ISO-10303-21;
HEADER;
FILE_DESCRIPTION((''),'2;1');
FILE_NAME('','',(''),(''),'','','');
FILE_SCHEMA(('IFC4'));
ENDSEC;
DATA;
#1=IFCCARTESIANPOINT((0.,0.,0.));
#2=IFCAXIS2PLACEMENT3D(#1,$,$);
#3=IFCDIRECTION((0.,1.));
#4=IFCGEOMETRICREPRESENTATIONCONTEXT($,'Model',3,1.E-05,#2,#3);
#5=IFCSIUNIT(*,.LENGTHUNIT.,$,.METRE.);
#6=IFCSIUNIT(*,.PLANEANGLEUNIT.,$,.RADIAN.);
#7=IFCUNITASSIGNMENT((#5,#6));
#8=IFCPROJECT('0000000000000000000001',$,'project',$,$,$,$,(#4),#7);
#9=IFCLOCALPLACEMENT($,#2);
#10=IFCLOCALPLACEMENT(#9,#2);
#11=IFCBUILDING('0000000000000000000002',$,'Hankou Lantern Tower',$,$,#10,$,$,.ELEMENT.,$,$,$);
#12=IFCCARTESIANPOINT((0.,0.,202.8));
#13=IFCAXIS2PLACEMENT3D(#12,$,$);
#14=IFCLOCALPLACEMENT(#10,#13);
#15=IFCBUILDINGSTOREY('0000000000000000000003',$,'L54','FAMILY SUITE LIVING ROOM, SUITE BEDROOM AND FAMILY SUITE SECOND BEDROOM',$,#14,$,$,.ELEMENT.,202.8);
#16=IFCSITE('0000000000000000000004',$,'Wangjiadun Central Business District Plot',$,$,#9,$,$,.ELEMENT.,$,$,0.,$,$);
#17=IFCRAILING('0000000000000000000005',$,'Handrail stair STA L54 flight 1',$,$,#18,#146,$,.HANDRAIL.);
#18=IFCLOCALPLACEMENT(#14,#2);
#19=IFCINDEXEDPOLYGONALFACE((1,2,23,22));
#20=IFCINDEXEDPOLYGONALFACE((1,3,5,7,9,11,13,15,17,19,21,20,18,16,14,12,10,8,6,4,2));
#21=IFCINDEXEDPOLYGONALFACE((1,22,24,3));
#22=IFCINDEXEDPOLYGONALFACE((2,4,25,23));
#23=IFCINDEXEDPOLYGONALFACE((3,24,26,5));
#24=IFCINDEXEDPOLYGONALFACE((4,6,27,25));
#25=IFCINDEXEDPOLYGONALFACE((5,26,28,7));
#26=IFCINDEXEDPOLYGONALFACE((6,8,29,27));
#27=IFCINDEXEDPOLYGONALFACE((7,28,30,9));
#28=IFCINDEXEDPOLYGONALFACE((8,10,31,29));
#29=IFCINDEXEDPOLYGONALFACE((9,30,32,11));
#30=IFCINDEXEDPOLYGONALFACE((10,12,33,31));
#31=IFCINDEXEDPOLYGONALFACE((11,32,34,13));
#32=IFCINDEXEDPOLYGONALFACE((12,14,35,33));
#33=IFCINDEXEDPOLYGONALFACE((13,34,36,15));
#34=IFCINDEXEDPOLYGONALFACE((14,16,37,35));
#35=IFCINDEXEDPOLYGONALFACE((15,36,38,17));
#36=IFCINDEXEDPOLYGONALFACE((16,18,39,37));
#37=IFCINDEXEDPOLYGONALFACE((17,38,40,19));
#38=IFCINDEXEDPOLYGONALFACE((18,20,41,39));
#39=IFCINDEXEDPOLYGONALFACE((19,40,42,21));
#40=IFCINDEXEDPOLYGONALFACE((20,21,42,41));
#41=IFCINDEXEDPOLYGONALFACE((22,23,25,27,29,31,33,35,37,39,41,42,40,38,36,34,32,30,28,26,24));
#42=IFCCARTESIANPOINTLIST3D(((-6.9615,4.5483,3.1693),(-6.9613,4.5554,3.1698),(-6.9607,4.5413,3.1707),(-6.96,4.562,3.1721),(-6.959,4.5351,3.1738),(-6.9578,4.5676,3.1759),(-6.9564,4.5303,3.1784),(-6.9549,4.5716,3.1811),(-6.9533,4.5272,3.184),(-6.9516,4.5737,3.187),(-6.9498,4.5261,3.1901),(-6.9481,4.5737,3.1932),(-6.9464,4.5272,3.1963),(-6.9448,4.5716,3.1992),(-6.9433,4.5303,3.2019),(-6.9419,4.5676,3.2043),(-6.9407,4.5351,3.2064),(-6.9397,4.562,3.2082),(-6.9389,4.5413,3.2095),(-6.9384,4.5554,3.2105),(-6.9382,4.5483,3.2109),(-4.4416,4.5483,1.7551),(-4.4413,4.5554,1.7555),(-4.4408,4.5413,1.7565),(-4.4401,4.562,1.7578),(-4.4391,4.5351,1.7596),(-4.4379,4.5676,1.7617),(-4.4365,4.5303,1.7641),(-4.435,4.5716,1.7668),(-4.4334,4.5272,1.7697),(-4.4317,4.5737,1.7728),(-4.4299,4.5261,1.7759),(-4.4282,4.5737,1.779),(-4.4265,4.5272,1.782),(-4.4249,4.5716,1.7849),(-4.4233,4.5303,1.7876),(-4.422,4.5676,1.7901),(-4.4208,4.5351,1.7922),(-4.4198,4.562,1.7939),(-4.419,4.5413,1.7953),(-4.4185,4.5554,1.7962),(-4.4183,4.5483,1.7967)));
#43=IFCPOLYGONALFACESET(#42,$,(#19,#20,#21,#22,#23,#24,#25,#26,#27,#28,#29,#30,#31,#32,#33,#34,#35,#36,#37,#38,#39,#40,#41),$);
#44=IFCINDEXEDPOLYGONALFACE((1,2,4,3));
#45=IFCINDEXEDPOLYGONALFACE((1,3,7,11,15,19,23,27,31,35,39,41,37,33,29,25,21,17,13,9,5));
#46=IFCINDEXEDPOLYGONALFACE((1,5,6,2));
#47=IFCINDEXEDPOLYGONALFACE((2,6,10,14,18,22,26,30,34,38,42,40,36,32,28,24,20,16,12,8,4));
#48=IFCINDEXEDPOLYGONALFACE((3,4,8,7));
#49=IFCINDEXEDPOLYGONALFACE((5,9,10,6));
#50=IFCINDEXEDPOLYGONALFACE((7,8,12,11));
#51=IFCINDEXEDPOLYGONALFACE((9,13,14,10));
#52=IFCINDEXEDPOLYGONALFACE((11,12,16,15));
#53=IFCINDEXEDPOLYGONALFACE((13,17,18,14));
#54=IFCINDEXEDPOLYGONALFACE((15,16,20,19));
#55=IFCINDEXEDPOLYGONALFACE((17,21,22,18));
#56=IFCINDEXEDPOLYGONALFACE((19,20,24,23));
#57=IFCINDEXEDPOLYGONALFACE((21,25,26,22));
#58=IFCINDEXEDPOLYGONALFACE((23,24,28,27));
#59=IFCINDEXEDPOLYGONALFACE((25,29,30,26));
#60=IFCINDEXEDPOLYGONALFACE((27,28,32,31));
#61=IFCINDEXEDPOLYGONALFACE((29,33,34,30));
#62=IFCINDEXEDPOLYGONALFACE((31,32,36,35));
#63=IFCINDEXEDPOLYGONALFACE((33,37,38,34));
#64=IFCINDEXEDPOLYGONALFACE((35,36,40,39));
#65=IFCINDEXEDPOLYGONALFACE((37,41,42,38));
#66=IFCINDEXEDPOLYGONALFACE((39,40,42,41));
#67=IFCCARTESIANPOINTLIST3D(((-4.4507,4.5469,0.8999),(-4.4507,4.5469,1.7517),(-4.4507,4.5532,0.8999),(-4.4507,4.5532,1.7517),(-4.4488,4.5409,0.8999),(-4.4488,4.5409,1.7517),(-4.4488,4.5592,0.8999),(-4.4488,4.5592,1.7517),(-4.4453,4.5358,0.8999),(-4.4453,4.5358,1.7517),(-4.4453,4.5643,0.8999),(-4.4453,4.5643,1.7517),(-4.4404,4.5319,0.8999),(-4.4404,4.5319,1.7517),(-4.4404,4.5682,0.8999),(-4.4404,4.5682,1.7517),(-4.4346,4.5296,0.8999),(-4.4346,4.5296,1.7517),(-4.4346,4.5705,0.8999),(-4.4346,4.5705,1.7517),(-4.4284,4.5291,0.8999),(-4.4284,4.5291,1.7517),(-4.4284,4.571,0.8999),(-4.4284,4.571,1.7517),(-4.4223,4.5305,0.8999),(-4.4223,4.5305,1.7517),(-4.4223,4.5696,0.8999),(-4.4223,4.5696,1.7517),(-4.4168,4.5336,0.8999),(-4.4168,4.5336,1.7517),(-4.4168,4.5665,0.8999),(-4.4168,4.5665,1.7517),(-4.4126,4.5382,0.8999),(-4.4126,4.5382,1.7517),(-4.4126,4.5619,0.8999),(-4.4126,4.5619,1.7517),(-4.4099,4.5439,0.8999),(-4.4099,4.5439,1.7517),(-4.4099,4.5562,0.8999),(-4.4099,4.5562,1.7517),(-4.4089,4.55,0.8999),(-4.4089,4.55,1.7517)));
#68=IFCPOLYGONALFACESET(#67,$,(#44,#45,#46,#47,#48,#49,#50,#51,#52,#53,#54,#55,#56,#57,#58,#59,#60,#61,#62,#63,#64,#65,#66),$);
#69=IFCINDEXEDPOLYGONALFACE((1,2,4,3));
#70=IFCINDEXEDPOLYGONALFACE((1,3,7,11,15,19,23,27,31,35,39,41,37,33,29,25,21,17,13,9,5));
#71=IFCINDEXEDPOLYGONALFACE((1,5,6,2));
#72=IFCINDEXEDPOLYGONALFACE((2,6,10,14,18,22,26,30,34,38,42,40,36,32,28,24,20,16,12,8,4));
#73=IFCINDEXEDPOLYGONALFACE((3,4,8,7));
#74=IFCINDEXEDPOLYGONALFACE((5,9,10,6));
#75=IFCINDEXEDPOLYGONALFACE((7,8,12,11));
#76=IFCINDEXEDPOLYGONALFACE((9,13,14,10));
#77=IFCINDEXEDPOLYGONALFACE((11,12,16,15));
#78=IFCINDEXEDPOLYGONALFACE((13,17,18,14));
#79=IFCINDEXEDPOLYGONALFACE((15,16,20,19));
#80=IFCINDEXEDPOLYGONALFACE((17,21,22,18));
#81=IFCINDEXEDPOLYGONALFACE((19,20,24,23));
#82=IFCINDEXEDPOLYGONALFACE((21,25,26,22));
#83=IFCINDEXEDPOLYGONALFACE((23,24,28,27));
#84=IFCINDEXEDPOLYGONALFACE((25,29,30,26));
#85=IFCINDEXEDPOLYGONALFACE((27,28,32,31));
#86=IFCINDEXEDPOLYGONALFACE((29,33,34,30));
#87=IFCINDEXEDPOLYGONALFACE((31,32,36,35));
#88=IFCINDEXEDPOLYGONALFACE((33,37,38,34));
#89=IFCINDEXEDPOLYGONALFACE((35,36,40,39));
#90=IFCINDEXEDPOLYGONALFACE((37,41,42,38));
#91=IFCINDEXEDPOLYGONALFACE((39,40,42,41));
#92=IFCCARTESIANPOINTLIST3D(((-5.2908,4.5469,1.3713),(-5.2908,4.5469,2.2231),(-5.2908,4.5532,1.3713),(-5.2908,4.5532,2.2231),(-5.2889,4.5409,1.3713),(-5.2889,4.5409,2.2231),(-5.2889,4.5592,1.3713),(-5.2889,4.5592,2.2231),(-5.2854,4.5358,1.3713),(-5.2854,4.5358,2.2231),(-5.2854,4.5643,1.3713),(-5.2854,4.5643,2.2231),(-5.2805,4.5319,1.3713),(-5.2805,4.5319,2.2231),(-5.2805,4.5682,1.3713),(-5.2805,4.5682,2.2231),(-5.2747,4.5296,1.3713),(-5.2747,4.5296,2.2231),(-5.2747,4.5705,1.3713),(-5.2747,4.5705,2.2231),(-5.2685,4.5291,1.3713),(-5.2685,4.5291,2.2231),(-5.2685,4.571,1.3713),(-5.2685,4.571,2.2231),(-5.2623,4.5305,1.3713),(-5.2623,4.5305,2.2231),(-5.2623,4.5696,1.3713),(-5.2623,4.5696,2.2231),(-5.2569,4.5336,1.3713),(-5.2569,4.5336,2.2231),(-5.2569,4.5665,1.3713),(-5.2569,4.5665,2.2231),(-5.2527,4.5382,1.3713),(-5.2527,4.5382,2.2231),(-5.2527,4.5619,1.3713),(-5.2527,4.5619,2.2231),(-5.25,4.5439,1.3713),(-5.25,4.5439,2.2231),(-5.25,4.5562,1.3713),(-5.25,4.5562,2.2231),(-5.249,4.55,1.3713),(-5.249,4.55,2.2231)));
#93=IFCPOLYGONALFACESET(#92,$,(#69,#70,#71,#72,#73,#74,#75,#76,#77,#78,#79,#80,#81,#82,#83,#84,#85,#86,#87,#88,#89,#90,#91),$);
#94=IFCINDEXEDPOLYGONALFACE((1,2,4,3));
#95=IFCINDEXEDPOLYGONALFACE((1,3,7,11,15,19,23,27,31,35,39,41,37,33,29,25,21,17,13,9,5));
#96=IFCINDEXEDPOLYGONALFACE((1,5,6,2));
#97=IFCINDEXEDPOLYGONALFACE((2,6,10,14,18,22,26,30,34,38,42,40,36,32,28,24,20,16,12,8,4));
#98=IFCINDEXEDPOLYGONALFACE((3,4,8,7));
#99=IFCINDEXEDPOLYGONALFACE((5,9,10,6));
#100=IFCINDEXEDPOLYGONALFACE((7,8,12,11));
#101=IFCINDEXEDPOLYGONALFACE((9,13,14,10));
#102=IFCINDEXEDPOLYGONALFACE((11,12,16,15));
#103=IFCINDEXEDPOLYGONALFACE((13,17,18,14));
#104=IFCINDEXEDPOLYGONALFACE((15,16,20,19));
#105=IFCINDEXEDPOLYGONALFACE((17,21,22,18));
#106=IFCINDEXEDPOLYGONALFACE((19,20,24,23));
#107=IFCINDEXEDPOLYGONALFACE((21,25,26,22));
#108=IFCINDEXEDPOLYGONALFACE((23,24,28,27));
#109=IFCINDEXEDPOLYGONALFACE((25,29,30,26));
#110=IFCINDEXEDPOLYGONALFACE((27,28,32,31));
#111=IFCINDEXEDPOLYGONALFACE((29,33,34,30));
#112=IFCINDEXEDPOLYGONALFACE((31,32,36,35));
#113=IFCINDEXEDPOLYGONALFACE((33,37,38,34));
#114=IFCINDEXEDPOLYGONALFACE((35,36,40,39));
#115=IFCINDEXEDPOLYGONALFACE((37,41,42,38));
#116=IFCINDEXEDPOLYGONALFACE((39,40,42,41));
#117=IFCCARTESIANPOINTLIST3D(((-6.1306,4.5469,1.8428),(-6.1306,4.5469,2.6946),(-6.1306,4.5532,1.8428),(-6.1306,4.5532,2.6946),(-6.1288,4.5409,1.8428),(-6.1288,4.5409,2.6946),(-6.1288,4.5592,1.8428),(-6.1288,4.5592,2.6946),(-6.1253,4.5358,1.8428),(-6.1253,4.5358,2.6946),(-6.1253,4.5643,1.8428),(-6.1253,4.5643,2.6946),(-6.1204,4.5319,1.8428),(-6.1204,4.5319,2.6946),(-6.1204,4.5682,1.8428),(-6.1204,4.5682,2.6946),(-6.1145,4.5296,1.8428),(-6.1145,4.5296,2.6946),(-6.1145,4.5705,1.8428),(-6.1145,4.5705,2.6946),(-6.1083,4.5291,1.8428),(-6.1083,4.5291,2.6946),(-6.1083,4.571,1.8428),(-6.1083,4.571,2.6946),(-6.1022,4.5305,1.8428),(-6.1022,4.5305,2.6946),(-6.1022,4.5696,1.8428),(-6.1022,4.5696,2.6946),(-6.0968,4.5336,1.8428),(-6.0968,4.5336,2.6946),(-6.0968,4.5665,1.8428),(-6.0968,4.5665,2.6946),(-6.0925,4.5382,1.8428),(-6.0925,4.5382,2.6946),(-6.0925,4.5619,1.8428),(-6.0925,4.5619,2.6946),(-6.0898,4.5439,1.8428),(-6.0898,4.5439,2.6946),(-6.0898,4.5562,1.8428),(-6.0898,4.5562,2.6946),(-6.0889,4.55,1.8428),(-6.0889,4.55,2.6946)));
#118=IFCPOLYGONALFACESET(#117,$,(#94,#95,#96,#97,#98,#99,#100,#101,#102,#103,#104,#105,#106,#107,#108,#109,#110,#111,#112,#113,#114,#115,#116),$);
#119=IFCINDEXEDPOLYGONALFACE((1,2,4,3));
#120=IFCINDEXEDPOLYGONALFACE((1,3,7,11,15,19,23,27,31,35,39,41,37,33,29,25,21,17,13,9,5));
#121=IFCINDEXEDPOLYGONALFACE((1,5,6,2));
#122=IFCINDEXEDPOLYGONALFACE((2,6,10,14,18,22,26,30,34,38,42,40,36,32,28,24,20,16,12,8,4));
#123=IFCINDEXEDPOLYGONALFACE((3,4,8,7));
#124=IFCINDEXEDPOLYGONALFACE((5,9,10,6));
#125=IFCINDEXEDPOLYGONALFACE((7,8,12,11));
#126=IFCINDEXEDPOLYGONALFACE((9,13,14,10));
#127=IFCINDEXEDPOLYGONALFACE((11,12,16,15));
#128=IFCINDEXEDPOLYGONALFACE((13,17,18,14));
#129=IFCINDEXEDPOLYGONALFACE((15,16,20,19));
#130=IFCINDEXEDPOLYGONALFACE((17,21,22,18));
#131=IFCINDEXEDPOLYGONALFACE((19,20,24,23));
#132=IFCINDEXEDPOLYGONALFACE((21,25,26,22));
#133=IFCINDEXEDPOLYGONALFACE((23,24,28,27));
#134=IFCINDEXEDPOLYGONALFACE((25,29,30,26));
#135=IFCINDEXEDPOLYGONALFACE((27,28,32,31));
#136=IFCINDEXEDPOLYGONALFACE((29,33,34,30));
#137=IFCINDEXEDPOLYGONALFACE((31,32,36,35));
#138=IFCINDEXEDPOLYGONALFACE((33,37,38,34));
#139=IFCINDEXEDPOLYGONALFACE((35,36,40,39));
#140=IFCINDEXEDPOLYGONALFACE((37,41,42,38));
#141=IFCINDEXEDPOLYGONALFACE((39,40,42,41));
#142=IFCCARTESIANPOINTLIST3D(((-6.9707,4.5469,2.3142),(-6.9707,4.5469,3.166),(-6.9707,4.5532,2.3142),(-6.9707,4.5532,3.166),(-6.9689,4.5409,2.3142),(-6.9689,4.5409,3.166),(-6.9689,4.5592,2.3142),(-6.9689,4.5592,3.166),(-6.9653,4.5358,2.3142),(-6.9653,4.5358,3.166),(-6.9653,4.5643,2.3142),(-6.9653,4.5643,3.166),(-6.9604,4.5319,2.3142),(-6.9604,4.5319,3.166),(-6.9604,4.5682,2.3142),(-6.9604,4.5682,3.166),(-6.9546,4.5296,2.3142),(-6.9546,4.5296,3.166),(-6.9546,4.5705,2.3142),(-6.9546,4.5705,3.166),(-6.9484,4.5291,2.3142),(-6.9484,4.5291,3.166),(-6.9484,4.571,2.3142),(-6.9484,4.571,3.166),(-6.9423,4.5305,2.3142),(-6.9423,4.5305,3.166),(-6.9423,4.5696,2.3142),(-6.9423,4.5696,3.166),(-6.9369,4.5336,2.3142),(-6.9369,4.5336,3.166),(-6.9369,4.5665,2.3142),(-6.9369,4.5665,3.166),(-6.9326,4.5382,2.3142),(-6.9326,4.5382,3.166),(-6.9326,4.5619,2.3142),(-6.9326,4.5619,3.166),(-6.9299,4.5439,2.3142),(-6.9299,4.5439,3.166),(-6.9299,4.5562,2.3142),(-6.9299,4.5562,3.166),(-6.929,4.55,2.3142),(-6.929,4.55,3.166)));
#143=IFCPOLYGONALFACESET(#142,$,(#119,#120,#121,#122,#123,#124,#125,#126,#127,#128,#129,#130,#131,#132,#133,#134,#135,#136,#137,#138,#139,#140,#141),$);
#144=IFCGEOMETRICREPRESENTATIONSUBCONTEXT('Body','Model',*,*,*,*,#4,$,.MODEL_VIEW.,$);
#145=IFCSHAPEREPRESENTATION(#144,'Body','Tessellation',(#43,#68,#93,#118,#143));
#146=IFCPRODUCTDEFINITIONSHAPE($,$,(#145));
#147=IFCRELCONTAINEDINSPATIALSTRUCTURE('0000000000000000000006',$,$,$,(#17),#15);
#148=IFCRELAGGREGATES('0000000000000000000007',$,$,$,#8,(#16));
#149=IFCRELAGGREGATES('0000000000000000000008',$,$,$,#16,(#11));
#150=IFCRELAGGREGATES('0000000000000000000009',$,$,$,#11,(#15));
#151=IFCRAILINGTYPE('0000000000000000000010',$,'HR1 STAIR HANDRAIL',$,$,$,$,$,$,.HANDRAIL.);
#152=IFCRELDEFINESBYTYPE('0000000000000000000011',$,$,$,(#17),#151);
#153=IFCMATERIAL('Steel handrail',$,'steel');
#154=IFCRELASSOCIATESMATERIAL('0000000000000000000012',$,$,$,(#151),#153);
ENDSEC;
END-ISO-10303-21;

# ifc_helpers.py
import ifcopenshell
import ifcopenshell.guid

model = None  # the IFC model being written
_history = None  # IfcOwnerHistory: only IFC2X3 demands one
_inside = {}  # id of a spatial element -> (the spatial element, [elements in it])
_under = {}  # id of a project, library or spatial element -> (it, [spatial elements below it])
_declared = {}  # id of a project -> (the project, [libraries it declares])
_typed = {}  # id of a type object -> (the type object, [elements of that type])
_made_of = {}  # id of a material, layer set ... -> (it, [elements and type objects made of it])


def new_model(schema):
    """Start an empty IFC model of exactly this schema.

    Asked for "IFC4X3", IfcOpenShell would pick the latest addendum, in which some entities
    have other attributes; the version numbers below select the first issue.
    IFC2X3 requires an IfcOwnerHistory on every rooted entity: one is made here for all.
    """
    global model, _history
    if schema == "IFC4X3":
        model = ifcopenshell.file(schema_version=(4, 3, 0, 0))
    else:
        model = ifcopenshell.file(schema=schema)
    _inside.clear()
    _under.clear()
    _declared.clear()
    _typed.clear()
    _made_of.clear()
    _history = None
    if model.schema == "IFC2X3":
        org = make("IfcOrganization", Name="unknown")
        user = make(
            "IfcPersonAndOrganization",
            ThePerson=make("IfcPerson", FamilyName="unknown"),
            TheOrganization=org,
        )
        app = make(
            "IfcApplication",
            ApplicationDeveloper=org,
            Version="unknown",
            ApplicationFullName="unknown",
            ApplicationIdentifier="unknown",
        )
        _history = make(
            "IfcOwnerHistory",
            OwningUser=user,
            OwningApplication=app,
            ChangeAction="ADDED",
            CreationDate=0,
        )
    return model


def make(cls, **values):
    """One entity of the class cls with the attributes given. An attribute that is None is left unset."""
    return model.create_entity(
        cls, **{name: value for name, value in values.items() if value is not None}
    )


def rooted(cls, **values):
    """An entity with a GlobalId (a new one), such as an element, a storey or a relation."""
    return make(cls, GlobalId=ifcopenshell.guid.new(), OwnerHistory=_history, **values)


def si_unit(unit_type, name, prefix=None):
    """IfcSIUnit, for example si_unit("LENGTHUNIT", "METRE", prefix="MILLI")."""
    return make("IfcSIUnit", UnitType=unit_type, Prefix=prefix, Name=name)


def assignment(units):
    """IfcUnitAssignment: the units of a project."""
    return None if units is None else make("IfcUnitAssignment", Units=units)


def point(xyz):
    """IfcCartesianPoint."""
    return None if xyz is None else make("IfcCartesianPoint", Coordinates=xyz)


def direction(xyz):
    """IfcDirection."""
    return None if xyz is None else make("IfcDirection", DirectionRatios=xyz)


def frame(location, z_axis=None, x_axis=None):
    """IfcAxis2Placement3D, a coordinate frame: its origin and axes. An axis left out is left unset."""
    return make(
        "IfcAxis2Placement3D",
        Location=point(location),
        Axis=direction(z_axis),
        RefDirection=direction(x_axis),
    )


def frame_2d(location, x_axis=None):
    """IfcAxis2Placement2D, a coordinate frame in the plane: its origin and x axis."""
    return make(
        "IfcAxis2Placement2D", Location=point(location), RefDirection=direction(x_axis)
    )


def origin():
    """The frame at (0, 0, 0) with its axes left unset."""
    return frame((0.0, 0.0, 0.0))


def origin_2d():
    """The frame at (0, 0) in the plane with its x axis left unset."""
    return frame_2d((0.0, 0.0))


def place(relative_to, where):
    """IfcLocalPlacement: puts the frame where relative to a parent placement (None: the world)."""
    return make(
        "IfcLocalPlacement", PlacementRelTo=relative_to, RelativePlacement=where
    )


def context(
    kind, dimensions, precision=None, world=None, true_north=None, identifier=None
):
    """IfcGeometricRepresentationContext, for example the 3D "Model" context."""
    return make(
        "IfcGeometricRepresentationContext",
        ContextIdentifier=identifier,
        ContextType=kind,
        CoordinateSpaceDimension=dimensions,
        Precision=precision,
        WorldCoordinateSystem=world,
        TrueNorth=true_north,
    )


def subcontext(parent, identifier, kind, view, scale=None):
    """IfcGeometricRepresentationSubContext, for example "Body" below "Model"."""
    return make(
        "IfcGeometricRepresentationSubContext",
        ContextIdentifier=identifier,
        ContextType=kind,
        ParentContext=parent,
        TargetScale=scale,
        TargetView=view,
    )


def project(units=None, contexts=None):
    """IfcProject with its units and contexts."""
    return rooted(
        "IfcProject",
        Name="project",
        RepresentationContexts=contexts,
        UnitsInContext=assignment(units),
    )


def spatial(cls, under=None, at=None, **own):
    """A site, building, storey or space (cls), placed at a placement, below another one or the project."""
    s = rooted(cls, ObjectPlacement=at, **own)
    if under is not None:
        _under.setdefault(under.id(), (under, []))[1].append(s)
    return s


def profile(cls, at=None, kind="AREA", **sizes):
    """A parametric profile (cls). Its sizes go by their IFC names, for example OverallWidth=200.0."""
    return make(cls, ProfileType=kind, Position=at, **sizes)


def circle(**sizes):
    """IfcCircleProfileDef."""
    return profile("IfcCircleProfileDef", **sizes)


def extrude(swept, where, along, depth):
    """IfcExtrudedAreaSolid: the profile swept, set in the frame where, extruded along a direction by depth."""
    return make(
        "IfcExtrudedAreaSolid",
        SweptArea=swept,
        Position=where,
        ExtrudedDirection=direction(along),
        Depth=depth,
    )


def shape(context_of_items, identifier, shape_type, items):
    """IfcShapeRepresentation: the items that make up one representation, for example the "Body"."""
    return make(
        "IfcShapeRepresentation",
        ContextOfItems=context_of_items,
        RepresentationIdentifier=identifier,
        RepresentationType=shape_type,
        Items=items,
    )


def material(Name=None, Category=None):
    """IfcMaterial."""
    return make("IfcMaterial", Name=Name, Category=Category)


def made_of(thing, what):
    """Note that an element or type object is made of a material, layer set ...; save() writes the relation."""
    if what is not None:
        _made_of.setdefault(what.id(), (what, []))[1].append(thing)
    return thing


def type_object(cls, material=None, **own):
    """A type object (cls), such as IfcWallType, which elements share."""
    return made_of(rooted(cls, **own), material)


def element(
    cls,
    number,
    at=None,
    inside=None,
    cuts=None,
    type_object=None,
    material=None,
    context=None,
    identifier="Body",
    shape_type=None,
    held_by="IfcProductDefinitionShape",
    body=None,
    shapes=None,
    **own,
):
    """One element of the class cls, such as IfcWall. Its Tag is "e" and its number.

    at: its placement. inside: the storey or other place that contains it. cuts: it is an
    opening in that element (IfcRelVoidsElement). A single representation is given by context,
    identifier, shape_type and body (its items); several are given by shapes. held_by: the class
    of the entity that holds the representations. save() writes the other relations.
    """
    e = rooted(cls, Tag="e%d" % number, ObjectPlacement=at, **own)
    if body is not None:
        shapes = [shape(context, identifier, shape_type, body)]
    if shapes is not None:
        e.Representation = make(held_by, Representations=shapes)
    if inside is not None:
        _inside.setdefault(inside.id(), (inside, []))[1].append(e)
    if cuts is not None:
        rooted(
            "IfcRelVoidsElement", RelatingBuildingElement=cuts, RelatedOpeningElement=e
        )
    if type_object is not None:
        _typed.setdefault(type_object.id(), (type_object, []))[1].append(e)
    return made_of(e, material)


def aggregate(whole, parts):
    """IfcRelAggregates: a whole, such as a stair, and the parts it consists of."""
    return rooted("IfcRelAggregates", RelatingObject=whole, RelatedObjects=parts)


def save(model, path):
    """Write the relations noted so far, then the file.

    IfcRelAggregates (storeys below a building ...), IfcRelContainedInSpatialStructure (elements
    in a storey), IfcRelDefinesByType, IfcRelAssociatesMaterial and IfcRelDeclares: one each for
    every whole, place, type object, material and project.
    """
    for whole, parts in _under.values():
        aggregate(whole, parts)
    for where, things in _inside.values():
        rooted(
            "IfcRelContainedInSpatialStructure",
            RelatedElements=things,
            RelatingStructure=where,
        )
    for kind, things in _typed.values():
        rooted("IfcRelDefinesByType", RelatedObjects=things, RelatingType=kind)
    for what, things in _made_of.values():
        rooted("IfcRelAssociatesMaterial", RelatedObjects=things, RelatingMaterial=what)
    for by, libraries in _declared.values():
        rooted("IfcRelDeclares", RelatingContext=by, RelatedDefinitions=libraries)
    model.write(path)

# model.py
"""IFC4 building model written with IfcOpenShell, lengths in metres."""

from ifc_helpers import new_model, si_unit, direction, frame, origin, origin_2d, place, context, subcontext, project, spatial, circle, extrude, material, type_object, element, save


model = new_model("IFC4")

# Units and contexts
model_context = context("Model", 3, precision=1e-05, world=origin(), true_north=direction((0.0, 1.0)))
body_context = subcontext(model_context, "Body", "Model", "MODEL_VIEW")
ifc_project = project(units=[si_unit("LENGTHUNIT", "METRE"), si_unit("PLANEANGLEUNIT", "RADIAN")], contexts=[model_context])

# Site, building, storey
site_placement = place(None, origin())
site = spatial("IfcSite", under=ifc_project, at=site_placement, Name="Wangjiadun Central Business District Plot", CompositionType="ELEMENT", RefElevation=0.0)
building_placement = place(site_placement, origin())
building = spatial("IfcBuilding", under=site, at=building_placement, Name="Hankou Lantern Tower", CompositionType="ELEMENT")
storey_placement = place(building_placement, frame((0.0, 0.0, 202.8)))
storey = spatial("IfcBuildingStorey", under=building, at=storey_placement, Name="L54", Description="FAMILY SUITE LIVING ROOM, SUITE BEDROOM AND FAMILY SUITE SECOND BEDROOM", CompositionType="ELEMENT", Elevation=202.8)

# Railing
ifc_material_1 = material(Name="Steel handrail", Category="steel")
railing_type = type_object("IfcRailingType", Name="HR1 STAIR HANDRAIL", PredefinedType="HANDRAIL", material=ifc_material_1)
railing_1_placement = place(storey_placement, frame((-4.4299, 4.55, 0.8999)))
element("IfcRailing", 1, at=railing_1_placement, inside=storey, type_object=railing_type, Name="Handrail stair STA L54 flight 1", PredefinedType="HANDRAIL", context=body_context, shape_type="SweptSolid", body=[
    extrude(circle(Radius=0.0239, at=origin_2d()), frame((0.0, 0.0, 0.876), z_axis=(-0.872049, 0.0, 0.489419), x_axis=(0.0, -1.0, 0.0)), (0.0, 0.0, 1.0), 2.8896),
    extrude(circle(Radius=0.021, at=origin_2d()), origin(), (0.0, 0.0, 1.0), 0.8518),
    extrude(circle(Radius=0.021, at=origin_2d()), frame((-0.8401, 0.0, 0.4714)), (0.0, 0.0, 1.0), 0.8518),
    extrude(circle(Radius=0.021, at=origin_2d()), frame((-1.6799, 0.0, 0.9429)), (0.0, 0.0, 1.0), 0.8518),
    extrude(circle(Radius=0.021, at=origin_2d()), frame((-2.52, 0.0, 1.4143)), (0.0, 0.0, 1.0), 0.8518),
])

save(model, "model.ifc")
